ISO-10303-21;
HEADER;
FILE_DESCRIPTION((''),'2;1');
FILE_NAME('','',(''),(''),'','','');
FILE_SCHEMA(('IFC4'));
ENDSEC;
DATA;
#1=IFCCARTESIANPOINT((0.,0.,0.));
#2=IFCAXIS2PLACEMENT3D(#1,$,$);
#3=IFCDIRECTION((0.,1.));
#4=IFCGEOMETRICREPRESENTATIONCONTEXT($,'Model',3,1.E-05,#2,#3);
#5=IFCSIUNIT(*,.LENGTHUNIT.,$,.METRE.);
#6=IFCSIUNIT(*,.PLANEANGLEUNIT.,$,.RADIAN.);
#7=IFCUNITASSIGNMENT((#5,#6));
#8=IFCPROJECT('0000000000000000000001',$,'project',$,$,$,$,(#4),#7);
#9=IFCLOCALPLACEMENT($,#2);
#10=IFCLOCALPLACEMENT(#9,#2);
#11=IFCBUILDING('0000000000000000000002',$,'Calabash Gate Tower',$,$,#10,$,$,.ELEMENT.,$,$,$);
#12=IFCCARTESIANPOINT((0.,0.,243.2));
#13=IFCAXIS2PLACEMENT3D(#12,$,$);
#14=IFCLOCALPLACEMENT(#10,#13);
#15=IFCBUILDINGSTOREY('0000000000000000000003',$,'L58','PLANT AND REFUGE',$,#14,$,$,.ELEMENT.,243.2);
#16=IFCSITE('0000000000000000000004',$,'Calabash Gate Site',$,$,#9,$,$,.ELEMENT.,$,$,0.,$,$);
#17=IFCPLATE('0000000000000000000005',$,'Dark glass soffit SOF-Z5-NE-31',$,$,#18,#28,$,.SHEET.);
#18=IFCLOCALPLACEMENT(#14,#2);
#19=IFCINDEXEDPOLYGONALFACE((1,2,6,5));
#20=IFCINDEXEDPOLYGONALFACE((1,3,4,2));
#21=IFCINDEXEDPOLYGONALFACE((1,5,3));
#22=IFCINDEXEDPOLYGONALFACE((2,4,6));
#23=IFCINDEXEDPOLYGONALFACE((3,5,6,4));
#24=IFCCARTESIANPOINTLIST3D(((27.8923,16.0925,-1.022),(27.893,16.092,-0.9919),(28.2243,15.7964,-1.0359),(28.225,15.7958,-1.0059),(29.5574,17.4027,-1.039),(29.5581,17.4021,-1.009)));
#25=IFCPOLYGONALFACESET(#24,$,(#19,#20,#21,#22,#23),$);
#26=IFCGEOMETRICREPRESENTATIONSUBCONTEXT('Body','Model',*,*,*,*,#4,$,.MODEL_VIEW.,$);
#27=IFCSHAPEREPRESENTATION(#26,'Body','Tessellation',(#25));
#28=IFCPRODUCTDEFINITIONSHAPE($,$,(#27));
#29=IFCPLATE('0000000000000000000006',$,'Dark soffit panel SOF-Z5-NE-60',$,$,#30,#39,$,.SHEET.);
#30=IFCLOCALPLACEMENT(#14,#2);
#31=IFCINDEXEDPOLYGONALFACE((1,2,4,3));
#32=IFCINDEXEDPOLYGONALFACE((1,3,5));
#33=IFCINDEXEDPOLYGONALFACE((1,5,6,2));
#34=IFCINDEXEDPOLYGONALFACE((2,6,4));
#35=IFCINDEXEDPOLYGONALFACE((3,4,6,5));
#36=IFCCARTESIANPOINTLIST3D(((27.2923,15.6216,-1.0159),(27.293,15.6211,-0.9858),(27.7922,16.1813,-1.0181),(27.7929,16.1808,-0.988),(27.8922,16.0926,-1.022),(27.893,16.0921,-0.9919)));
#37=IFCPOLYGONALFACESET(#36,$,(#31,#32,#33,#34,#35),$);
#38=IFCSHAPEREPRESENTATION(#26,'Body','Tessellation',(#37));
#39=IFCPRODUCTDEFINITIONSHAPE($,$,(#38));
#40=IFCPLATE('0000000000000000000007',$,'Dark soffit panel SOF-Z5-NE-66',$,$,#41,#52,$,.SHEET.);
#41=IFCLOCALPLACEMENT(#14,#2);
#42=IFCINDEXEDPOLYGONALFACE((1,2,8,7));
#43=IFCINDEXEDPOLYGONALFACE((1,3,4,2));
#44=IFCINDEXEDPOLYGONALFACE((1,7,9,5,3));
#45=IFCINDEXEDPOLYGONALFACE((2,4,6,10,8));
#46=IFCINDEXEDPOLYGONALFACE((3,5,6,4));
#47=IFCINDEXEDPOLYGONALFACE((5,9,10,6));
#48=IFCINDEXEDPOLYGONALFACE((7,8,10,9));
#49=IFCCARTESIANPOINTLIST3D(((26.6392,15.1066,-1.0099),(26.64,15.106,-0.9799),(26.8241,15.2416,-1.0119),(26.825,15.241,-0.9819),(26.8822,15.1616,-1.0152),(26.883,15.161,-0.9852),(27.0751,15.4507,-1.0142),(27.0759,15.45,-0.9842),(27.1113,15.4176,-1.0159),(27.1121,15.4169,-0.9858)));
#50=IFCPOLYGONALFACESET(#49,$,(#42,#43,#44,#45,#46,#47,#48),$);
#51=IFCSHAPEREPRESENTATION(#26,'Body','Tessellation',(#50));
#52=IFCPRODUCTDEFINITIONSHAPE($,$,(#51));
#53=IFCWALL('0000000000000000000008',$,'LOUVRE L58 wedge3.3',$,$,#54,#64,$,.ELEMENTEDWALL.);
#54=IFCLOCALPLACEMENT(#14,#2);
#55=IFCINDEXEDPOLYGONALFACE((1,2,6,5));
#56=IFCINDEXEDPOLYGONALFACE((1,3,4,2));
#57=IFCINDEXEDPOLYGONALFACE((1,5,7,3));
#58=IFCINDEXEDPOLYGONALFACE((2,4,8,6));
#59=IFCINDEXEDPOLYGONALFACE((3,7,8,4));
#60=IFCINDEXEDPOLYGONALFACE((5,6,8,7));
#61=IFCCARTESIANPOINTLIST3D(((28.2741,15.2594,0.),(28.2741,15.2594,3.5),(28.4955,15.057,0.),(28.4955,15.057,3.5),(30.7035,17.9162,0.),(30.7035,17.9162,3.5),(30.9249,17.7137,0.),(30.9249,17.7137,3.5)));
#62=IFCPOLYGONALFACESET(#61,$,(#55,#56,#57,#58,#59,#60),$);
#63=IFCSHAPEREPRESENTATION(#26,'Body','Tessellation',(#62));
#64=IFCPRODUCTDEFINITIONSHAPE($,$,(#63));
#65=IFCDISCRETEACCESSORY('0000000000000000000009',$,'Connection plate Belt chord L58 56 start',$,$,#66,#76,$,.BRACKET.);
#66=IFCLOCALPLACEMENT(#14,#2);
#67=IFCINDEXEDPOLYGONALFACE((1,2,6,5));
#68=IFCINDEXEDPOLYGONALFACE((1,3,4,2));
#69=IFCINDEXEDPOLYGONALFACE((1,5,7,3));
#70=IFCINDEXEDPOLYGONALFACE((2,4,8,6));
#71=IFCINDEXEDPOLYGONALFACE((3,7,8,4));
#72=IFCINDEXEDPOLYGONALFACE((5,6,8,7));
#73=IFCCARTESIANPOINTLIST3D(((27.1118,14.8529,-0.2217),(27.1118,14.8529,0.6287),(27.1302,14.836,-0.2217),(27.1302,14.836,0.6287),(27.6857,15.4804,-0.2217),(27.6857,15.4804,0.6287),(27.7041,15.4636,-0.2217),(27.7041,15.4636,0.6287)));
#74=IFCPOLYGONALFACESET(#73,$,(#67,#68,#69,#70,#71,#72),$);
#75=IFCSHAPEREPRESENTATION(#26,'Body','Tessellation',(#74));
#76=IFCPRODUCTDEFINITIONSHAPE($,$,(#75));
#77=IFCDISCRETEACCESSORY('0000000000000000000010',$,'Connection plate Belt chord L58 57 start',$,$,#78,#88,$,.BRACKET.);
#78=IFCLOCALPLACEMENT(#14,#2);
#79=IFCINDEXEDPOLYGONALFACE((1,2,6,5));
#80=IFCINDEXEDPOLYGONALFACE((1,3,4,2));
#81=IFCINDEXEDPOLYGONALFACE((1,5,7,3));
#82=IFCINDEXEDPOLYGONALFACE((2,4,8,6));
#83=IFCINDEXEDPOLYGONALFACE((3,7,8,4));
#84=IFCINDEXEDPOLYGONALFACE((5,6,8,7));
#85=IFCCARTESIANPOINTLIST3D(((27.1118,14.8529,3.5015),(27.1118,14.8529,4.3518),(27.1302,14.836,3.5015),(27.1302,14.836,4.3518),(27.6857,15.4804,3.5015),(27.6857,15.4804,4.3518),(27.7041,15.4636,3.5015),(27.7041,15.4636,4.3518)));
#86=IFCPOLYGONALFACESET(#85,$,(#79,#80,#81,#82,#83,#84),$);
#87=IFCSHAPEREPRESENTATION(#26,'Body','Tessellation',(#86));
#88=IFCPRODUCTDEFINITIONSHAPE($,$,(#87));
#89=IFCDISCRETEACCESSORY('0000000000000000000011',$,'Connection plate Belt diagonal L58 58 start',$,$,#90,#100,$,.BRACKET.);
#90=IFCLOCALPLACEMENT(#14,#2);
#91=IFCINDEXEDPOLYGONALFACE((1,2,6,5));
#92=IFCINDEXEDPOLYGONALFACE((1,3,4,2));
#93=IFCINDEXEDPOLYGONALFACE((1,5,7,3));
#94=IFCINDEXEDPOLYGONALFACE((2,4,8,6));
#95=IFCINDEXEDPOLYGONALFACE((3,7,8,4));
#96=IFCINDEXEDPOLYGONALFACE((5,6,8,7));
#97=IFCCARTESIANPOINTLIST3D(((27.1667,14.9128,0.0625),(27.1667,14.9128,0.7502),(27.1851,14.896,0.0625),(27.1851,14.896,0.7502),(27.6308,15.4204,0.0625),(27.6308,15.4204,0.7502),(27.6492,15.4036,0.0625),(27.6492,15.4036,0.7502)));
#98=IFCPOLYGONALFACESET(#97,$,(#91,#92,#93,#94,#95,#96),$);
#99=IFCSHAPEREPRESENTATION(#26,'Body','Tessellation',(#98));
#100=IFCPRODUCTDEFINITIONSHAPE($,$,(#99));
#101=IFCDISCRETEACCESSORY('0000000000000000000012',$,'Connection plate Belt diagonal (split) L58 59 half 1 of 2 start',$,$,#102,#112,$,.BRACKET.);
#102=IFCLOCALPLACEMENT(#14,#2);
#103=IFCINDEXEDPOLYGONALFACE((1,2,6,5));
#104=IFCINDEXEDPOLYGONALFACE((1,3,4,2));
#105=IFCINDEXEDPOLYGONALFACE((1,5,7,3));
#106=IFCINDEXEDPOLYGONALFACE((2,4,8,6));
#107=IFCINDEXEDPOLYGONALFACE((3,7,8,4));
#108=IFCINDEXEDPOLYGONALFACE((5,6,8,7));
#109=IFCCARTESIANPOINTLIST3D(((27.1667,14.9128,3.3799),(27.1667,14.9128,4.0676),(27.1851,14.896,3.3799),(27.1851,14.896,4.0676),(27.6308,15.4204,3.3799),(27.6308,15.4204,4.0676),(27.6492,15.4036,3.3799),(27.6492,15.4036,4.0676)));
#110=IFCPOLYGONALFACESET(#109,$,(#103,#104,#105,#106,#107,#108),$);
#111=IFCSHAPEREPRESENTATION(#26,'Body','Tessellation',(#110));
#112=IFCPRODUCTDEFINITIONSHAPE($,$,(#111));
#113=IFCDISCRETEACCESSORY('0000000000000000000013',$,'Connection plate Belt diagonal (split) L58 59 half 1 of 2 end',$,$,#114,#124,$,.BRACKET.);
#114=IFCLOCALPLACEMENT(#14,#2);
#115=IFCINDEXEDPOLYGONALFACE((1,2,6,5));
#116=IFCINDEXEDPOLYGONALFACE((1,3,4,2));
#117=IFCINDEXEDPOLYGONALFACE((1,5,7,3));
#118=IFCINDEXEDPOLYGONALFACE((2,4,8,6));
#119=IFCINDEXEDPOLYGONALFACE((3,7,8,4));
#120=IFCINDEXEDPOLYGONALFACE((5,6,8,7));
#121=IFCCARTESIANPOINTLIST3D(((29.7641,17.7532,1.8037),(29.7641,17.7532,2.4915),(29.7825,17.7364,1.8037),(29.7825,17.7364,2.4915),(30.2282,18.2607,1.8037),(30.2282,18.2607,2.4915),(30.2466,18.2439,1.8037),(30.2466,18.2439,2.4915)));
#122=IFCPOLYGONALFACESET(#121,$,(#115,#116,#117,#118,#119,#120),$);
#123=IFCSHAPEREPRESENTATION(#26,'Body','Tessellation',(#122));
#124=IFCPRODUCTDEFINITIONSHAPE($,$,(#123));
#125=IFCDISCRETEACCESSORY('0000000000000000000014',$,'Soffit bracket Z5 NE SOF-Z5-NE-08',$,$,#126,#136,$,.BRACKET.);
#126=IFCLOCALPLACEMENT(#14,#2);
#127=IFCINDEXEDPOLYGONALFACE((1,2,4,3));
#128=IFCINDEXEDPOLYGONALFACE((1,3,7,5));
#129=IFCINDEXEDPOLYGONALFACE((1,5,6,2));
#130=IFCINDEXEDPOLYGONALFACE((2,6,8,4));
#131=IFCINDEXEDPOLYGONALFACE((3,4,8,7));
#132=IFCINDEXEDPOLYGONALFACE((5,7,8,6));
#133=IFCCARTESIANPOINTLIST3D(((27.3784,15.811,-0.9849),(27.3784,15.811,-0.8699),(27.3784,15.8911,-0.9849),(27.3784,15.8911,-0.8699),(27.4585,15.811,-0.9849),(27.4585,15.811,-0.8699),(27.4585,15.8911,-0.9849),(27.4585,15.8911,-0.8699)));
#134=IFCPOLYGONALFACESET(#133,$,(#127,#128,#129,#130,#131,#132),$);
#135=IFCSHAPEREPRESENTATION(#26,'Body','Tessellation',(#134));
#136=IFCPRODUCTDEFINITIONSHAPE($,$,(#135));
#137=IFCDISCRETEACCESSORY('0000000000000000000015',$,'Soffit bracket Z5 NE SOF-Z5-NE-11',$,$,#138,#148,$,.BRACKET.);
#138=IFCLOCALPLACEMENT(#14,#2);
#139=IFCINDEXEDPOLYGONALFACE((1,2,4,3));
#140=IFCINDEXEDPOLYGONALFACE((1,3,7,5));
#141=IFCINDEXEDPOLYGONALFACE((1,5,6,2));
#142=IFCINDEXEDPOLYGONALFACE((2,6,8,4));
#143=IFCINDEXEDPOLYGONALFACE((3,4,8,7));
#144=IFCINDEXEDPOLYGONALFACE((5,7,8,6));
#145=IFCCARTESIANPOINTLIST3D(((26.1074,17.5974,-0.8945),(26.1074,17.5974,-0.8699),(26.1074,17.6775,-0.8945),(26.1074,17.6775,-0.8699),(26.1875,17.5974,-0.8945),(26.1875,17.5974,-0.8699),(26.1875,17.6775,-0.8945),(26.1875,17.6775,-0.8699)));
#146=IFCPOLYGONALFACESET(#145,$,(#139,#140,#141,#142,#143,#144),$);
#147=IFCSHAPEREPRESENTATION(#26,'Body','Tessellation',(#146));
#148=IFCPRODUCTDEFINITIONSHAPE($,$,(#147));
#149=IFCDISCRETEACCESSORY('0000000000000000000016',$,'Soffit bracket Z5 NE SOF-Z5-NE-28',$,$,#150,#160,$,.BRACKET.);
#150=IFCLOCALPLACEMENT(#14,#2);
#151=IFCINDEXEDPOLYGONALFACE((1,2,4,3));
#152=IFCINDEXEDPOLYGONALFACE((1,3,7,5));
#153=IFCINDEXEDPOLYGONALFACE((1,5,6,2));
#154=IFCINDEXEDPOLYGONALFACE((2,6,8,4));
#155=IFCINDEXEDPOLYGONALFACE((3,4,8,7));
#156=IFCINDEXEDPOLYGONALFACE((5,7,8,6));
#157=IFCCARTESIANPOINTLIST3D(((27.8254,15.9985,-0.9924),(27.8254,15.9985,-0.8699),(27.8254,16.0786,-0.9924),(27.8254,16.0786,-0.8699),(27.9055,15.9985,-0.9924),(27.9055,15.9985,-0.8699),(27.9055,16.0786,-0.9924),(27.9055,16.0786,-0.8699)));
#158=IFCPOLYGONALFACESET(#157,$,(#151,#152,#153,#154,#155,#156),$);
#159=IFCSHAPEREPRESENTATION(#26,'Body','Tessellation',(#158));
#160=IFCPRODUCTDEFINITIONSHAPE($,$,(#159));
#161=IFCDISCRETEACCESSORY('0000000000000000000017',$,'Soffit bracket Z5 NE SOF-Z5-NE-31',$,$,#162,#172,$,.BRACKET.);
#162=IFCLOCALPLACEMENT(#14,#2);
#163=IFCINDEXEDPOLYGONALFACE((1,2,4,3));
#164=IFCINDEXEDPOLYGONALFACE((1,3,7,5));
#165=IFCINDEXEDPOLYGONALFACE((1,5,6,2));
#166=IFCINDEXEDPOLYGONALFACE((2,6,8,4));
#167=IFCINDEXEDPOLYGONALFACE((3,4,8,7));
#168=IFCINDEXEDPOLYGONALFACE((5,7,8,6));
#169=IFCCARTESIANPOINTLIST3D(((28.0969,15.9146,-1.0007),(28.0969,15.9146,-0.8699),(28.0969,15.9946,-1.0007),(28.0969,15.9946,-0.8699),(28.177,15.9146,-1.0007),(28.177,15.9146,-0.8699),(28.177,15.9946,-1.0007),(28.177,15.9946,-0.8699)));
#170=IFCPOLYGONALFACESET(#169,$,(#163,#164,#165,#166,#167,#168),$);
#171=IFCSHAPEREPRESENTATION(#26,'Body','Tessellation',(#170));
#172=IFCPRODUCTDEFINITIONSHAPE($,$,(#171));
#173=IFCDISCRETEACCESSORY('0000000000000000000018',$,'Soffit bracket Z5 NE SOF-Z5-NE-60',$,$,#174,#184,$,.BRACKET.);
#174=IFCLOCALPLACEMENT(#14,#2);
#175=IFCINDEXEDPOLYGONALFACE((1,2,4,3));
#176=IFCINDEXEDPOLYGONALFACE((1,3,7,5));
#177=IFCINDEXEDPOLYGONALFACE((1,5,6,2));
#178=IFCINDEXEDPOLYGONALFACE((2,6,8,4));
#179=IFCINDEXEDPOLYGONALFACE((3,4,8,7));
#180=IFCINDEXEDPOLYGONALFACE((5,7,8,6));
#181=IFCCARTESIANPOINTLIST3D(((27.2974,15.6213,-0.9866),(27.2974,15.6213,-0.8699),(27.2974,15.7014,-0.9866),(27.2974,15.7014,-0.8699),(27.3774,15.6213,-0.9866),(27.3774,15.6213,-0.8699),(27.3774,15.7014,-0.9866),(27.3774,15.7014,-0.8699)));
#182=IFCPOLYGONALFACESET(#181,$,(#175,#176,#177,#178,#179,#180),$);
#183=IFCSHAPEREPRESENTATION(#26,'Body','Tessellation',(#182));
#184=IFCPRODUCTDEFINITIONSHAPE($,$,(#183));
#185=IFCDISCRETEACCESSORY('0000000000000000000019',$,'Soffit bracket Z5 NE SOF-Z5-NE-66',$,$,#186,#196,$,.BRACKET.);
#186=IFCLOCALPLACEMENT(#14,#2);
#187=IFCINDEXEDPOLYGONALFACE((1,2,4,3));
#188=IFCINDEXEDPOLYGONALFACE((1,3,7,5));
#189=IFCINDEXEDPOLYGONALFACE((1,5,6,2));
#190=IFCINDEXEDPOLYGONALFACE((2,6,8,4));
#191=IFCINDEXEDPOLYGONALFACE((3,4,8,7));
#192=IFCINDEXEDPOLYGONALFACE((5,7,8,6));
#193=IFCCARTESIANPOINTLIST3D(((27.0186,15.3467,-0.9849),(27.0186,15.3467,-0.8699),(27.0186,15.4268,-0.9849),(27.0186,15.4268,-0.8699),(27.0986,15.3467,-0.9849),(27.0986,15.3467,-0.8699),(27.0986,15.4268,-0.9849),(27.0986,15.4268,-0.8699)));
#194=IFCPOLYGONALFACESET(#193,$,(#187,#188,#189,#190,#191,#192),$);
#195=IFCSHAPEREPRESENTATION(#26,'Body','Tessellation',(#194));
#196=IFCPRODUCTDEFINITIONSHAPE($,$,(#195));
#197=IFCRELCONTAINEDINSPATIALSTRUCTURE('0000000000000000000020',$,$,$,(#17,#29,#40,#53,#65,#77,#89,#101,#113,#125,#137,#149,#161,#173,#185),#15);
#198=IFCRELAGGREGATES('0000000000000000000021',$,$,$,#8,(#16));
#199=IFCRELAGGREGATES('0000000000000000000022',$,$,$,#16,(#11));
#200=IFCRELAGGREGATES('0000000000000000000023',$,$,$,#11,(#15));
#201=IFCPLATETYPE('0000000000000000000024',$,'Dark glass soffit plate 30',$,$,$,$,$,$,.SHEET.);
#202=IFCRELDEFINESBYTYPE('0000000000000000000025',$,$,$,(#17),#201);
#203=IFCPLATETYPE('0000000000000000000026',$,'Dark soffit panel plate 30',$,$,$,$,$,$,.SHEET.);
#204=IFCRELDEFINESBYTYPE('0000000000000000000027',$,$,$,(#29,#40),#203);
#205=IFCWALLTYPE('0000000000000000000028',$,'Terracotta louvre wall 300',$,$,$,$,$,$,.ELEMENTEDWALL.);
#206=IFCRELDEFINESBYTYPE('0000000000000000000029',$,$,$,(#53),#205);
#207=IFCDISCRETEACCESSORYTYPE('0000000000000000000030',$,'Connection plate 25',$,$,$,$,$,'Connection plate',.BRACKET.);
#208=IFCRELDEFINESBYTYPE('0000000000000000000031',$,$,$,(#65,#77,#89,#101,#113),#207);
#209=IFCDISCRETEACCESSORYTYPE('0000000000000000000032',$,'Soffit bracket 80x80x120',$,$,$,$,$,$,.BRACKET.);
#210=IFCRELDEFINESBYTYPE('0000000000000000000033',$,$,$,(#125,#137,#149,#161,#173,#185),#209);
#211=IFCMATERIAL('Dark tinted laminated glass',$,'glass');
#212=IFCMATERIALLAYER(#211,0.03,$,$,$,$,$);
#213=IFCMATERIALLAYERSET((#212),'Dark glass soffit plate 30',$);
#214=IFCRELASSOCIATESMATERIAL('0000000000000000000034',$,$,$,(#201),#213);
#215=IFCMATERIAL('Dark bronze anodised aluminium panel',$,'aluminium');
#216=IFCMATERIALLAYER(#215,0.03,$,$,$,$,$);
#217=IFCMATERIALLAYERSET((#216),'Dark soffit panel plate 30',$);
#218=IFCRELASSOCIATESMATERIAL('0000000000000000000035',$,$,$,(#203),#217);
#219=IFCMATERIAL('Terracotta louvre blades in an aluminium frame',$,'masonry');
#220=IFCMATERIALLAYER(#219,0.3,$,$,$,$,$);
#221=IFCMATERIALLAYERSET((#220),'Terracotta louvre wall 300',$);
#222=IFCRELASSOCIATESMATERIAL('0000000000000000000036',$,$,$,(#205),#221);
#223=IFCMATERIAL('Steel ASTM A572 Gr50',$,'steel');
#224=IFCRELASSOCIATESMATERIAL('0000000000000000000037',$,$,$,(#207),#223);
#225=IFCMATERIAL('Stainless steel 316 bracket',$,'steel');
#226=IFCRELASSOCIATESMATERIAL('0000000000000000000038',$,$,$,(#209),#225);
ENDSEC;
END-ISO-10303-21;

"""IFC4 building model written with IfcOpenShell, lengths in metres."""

from ifc_helpers import new_model, si_unit, direction, frame, frame_2d, origin, origin_2d, place, context, subcontext, project, spatial, polyline, rectangle, outline, extrude, material, layer, layer_set, type_object, element, save


model = new_model("IFC4")

# Units and contexts
model_context = context("Model", 3, precision=1e-05, world=origin(), true_north=direction((0.0, 1.0)))
body_context = subcontext(model_context, "Body", "Model", "MODEL_VIEW")
ifc_project = project(units=[si_unit("LENGTHUNIT", "METRE"), si_unit("PLANEANGLEUNIT", "RADIAN")], contexts=[model_context])

# Site, building, storey
site_placement = place(None, origin())
site = spatial("IfcSite", under=ifc_project, at=site_placement, Name="Calabash Gate Site", CompositionType="ELEMENT", RefElevation=0.0)
building_placement = place(site_placement, origin())
building = spatial("IfcBuilding", under=site, at=building_placement, Name="Calabash Gate Tower", CompositionType="ELEMENT")
storey_placement = place(building_placement, frame((0.0, 0.0, 243.2)))
storey = spatial("IfcBuildingStorey", under=building, at=storey_placement, Name="L58", Description="PLANT AND REFUGE", CompositionType="ELEMENT", Elevation=243.2)

# Plates
ifc_material_1 = material(Name="Dark tinted laminated glass", Category="glass")
ifc_layer_1 = layer(ifc_material_1, 0.03)
ifc_layer_set_1 = layer_set([ifc_layer_1], Name="Dark glass soffit plate 30")
plate_type_1 = type_object("IfcPlateType", Name="Dark glass soffit plate 30", PredefinedType="SHEET", material=ifc_layer_set_1)
plate_1_placement = place(storey_placement, frame((29.5581, 17.4021, -1.009), z_axis=(0.025085, -0.018843, 0.999508), x_axis=(-0.638629, -0.769513, 0.001521)))
element("IfcPlate", 1, at=plate_1_placement, inside=storey, type_object=plate_type_1, Name="Dark glass soffit SOF-Z5-NE-31", PredefinedType="SHEET", context=body_context, shape_type="SweptSolid", body=[
    extrude(outline(polyline([(0.0, 0.0), (2.0874, 0.0), (2.0715, -0.4448), (0.0, 0.0)])), origin(), (0.0, 0.0, -1.0), 0.03),
])
ifc_material_2 = material(Name="Dark bronze anodised aluminium panel", Category="aluminium")
ifc_layer_2 = layer(ifc_material_2, 0.03)
ifc_layer_set_2 = layer_set([ifc_layer_2], Name="Dark soffit panel plate 30")
plate_type_2 = type_object("IfcPlateType", Name="Dark soffit panel plate 30", PredefinedType="SHEET", material=ifc_layer_set_2)
plate_2_placement = place(storey_placement, frame((27.293, 15.6211, -0.9858), z_axis=(0.023699, -0.017243, 0.99957), x_axis=(0.666136, 0.745825, -0.002927)))
element("IfcPlate", 2, at=plate_2_placement, inside=storey, type_object=plate_type_2, Name="Dark soffit panel SOF-Z5-NE-60", PredefinedType="SHEET", context=body_context, shape_type="SweptSolid", body=[
    extrude(outline(polyline([(0.0, 0.0), (0.7505, 0.0), (0.751, -0.1338), (0.0, 0.0)])), origin(), (0.0, 0.0, -1.0), 0.03),
])
plate_3_placement = place(storey_placement, frame((26.825, 15.241, -0.9819), z_axis=(0.026837, -0.021583, 0.999407), x_axis=(-0.807818, -0.589363, 0.008964)))
element("IfcPlate", 3, at=plate_3_placement, inside=storey, type_object=plate_type_2, Name="Dark soffit panel SOF-Z5-NE-66", PredefinedType="SHEET", context=body_context, shape_type="SweptSolid", body=[
    extrude(outline(polyline([(0.0, 0.0), (0.229, 0.0), (-0.3259, -0.021), (-0.3357, 0.0271), (0.0002, 0.0989), (0.0, 0.0)])), origin(), (0.0, 0.0, -1.0), 0.03),
])

# Wall
ifc_material_3 = material(Name="Terracotta louvre blades in an aluminium frame", Category="masonry")
ifc_layer_3 = layer(ifc_material_3, 0.3)
ifc_layer_set_3 = layer_set([ifc_layer_3], Name="Terracotta louvre wall 300")
wall_type = type_object("IfcWallType", Name="Terracotta louvre wall 300", PredefinedType="ELEMENTEDWALL", material=ifc_layer_set_3)
wall_placement = place(storey_placement, frame((28.3848, 15.1582, 0.0), z_axis=(0.0, 0.0, 1.0), x_axis=(0.674834, 0.73797, 0.0)))
element("IfcWall", 4, at=wall_placement, inside=storey, type_object=wall_type, Name="LOUVRE L58 wedge3.3", PredefinedType="ELEMENTEDWALL", context=body_context, shape_type="SweptSolid", body=[
    extrude(rectangle(XDim=3.6001, YDim=0.3, at=frame_2d((1.8, 0.0))), origin(), (0.0, 0.0, 1.0), 3.5),
])

# Discrete accessories
ifc_material_4 = material(Name="Steel ASTM A572 Gr50", Category="steel")
discrete_accessory_type_1 = type_object("IfcDiscreteAccessoryType", Name="Connection plate 25", ElementType="Connection plate", PredefinedType="BRACKET", material=ifc_material_4)
for number, where, z_axis, x_axis, name in (
    (5, (27.408, 15.1582, -0.2217), (0.0, 0.0, 1.0), (0.674856, 0.737949, 0.0), "Connection plate Belt chord L58 56 start"),
    (6, (27.408, 15.1582, 3.5015), (0.0, 0.0, 1.0), (0.674856, 0.737949, 0.0), "Connection plate Belt chord L58 57 start"),
):
    element("IfcDiscreteAccessory", number, at=place(storey_placement, frame(where, z_axis=z_axis, x_axis=x_axis)), inside=storey, type_object=discrete_accessory_type_1, Name=name, PredefinedType="BRACKET", context=body_context, shape_type="SweptSolid", body=[
        extrude(rectangle(XDim=0.8503, YDim=0.0249, at=origin_2d()), origin(), (0.0, 0.0, 1.0), 0.8503),
    ])
for number, where, z_axis, x_axis, name in (
    (7, (27.408, 15.1582, 0.0625), (0.0, 0.0, 1.0), (0.674856, 0.737949, 0.0), "Connection plate Belt diagonal L58 58 start"),
    (8, (27.408, 15.1582, 3.3799), (0.0, 0.0, 1.0), (0.674856, 0.737949, 0.0), "Connection plate Belt diagonal (split) L58 59 half 1 of 2 start"),
    (9, (30.0054, 17.9985, 1.8037), (0.0, 0.0, 1.0), (0.674856, 0.737949, 0.0), "Connection plate Belt diagonal (split) L58 59 half 1 of 2 end"),
):
    element("IfcDiscreteAccessory", number, at=place(storey_placement, frame(where, z_axis=z_axis, x_axis=x_axis)), inside=storey, type_object=discrete_accessory_type_1, Name=name, PredefinedType="BRACKET", context=body_context, shape_type="SweptSolid", body=[
        extrude(rectangle(XDim=0.6877, YDim=0.0249, at=origin_2d()), origin(), (0.0, 0.0, 1.0), 0.6877),
    ])
ifc_material_5 = material(Name="Stainless steel 316 bracket", Category="steel")
discrete_accessory_type_2 = type_object("IfcDiscreteAccessoryType", Name="Soffit bracket 80x80x120", PredefinedType="BRACKET", material=ifc_material_5)
discrete_accessory_1_placement = place(storey_placement, frame((27.4185, 15.8511, -0.9849), z_axis=(0.0, 0.0, 1.0), x_axis=(1.0, 0.0, 0.0)))
element("IfcDiscreteAccessory", 10, at=discrete_accessory_1_placement, inside=storey, type_object=discrete_accessory_type_2, Name="Soffit bracket Z5 NE SOF-Z5-NE-08", PredefinedType="BRACKET", context=body_context, shape_type="SweptSolid", body=[
    extrude(rectangle(XDim=0.0801, YDim=0.0801, at=origin_2d()), origin(), (0.0, 0.0, 1.0), 0.115),
])
discrete_accessory_2_placement = place(storey_placement, frame((26.1475, 17.6375, -0.8945), z_axis=(0.0, 0.0, 1.0), x_axis=(1.0, 0.0, 0.0)))
element("IfcDiscreteAccessory", 11, at=discrete_accessory_2_placement, inside=storey, type_object=discrete_accessory_type_2, Name="Soffit bracket Z5 NE SOF-Z5-NE-11", PredefinedType="BRACKET", context=body_context, shape_type="SweptSolid", body=[
    extrude(rectangle(XDim=0.0801, YDim=0.0801, at=origin_2d()), origin(), (0.0, 0.0, 1.0), 0.0247),
])
discrete_accessory_3_placement = place(storey_placement, frame((27.8655, 16.0386, -0.9924), z_axis=(0.0, 0.0, 1.0), x_axis=(1.0, 0.0, 0.0)))
element("IfcDiscreteAccessory", 12, at=discrete_accessory_3_placement, inside=storey, type_object=discrete_accessory_type_2, Name="Soffit bracket Z5 NE SOF-Z5-NE-28", PredefinedType="BRACKET", context=body_context, shape_type="SweptSolid", body=[
    extrude(rectangle(XDim=0.0801, YDim=0.0801, at=origin_2d()), origin(), (0.0, 0.0, 1.0), 0.1226),
])
discrete_accessory_4_placement = place(storey_placement, frame((28.137, 15.9546, -1.0007), z_axis=(0.0, 0.0, 1.0), x_axis=(1.0, 0.0, 0.0)))
element("IfcDiscreteAccessory", 13, at=discrete_accessory_4_placement, inside=storey, type_object=discrete_accessory_type_2, Name="Soffit bracket Z5 NE SOF-Z5-NE-31", PredefinedType="BRACKET", context=body_context, shape_type="SweptSolid", body=[
    extrude(rectangle(XDim=0.0801, YDim=0.0801, at=origin_2d()), origin(), (0.0, 0.0, 1.0), 0.1309),
])
discrete_accessory_5_placement = place(storey_placement, frame((27.3374, 15.6614, -0.9866), z_axis=(0.0, 0.0, 1.0), x_axis=(1.0, 0.0, 0.0)))
element("IfcDiscreteAccessory", 14, at=discrete_accessory_5_placement, inside=storey, type_object=discrete_accessory_type_2, Name="Soffit bracket Z5 NE SOF-Z5-NE-60", PredefinedType="BRACKET", context=body_context, shape_type="SweptSolid", body=[
    extrude(rectangle(XDim=0.0801, YDim=0.0801, at=origin_2d()), origin(), (0.0, 0.0, 1.0), 0.1167),
])
discrete_accessory_6_placement = place(storey_placement, frame((27.0586, 15.3867, -0.9849), z_axis=(0.0, 0.0, 1.0), x_axis=(1.0, 0.0, 0.0)))
element("IfcDiscreteAccessory", 15, at=discrete_accessory_6_placement, inside=storey, type_object=discrete_accessory_type_2, Name="Soffit bracket Z5 NE SOF-Z5-NE-66", PredefinedType="BRACKET", context=body_context, shape_type="SweptSolid", body=[
    extrude(rectangle(XDim=0.0801, YDim=0.0801, at=origin_2d()), origin(), (0.0, 0.0, 1.0), 0.115),
])

save(model, "model.ifc")
